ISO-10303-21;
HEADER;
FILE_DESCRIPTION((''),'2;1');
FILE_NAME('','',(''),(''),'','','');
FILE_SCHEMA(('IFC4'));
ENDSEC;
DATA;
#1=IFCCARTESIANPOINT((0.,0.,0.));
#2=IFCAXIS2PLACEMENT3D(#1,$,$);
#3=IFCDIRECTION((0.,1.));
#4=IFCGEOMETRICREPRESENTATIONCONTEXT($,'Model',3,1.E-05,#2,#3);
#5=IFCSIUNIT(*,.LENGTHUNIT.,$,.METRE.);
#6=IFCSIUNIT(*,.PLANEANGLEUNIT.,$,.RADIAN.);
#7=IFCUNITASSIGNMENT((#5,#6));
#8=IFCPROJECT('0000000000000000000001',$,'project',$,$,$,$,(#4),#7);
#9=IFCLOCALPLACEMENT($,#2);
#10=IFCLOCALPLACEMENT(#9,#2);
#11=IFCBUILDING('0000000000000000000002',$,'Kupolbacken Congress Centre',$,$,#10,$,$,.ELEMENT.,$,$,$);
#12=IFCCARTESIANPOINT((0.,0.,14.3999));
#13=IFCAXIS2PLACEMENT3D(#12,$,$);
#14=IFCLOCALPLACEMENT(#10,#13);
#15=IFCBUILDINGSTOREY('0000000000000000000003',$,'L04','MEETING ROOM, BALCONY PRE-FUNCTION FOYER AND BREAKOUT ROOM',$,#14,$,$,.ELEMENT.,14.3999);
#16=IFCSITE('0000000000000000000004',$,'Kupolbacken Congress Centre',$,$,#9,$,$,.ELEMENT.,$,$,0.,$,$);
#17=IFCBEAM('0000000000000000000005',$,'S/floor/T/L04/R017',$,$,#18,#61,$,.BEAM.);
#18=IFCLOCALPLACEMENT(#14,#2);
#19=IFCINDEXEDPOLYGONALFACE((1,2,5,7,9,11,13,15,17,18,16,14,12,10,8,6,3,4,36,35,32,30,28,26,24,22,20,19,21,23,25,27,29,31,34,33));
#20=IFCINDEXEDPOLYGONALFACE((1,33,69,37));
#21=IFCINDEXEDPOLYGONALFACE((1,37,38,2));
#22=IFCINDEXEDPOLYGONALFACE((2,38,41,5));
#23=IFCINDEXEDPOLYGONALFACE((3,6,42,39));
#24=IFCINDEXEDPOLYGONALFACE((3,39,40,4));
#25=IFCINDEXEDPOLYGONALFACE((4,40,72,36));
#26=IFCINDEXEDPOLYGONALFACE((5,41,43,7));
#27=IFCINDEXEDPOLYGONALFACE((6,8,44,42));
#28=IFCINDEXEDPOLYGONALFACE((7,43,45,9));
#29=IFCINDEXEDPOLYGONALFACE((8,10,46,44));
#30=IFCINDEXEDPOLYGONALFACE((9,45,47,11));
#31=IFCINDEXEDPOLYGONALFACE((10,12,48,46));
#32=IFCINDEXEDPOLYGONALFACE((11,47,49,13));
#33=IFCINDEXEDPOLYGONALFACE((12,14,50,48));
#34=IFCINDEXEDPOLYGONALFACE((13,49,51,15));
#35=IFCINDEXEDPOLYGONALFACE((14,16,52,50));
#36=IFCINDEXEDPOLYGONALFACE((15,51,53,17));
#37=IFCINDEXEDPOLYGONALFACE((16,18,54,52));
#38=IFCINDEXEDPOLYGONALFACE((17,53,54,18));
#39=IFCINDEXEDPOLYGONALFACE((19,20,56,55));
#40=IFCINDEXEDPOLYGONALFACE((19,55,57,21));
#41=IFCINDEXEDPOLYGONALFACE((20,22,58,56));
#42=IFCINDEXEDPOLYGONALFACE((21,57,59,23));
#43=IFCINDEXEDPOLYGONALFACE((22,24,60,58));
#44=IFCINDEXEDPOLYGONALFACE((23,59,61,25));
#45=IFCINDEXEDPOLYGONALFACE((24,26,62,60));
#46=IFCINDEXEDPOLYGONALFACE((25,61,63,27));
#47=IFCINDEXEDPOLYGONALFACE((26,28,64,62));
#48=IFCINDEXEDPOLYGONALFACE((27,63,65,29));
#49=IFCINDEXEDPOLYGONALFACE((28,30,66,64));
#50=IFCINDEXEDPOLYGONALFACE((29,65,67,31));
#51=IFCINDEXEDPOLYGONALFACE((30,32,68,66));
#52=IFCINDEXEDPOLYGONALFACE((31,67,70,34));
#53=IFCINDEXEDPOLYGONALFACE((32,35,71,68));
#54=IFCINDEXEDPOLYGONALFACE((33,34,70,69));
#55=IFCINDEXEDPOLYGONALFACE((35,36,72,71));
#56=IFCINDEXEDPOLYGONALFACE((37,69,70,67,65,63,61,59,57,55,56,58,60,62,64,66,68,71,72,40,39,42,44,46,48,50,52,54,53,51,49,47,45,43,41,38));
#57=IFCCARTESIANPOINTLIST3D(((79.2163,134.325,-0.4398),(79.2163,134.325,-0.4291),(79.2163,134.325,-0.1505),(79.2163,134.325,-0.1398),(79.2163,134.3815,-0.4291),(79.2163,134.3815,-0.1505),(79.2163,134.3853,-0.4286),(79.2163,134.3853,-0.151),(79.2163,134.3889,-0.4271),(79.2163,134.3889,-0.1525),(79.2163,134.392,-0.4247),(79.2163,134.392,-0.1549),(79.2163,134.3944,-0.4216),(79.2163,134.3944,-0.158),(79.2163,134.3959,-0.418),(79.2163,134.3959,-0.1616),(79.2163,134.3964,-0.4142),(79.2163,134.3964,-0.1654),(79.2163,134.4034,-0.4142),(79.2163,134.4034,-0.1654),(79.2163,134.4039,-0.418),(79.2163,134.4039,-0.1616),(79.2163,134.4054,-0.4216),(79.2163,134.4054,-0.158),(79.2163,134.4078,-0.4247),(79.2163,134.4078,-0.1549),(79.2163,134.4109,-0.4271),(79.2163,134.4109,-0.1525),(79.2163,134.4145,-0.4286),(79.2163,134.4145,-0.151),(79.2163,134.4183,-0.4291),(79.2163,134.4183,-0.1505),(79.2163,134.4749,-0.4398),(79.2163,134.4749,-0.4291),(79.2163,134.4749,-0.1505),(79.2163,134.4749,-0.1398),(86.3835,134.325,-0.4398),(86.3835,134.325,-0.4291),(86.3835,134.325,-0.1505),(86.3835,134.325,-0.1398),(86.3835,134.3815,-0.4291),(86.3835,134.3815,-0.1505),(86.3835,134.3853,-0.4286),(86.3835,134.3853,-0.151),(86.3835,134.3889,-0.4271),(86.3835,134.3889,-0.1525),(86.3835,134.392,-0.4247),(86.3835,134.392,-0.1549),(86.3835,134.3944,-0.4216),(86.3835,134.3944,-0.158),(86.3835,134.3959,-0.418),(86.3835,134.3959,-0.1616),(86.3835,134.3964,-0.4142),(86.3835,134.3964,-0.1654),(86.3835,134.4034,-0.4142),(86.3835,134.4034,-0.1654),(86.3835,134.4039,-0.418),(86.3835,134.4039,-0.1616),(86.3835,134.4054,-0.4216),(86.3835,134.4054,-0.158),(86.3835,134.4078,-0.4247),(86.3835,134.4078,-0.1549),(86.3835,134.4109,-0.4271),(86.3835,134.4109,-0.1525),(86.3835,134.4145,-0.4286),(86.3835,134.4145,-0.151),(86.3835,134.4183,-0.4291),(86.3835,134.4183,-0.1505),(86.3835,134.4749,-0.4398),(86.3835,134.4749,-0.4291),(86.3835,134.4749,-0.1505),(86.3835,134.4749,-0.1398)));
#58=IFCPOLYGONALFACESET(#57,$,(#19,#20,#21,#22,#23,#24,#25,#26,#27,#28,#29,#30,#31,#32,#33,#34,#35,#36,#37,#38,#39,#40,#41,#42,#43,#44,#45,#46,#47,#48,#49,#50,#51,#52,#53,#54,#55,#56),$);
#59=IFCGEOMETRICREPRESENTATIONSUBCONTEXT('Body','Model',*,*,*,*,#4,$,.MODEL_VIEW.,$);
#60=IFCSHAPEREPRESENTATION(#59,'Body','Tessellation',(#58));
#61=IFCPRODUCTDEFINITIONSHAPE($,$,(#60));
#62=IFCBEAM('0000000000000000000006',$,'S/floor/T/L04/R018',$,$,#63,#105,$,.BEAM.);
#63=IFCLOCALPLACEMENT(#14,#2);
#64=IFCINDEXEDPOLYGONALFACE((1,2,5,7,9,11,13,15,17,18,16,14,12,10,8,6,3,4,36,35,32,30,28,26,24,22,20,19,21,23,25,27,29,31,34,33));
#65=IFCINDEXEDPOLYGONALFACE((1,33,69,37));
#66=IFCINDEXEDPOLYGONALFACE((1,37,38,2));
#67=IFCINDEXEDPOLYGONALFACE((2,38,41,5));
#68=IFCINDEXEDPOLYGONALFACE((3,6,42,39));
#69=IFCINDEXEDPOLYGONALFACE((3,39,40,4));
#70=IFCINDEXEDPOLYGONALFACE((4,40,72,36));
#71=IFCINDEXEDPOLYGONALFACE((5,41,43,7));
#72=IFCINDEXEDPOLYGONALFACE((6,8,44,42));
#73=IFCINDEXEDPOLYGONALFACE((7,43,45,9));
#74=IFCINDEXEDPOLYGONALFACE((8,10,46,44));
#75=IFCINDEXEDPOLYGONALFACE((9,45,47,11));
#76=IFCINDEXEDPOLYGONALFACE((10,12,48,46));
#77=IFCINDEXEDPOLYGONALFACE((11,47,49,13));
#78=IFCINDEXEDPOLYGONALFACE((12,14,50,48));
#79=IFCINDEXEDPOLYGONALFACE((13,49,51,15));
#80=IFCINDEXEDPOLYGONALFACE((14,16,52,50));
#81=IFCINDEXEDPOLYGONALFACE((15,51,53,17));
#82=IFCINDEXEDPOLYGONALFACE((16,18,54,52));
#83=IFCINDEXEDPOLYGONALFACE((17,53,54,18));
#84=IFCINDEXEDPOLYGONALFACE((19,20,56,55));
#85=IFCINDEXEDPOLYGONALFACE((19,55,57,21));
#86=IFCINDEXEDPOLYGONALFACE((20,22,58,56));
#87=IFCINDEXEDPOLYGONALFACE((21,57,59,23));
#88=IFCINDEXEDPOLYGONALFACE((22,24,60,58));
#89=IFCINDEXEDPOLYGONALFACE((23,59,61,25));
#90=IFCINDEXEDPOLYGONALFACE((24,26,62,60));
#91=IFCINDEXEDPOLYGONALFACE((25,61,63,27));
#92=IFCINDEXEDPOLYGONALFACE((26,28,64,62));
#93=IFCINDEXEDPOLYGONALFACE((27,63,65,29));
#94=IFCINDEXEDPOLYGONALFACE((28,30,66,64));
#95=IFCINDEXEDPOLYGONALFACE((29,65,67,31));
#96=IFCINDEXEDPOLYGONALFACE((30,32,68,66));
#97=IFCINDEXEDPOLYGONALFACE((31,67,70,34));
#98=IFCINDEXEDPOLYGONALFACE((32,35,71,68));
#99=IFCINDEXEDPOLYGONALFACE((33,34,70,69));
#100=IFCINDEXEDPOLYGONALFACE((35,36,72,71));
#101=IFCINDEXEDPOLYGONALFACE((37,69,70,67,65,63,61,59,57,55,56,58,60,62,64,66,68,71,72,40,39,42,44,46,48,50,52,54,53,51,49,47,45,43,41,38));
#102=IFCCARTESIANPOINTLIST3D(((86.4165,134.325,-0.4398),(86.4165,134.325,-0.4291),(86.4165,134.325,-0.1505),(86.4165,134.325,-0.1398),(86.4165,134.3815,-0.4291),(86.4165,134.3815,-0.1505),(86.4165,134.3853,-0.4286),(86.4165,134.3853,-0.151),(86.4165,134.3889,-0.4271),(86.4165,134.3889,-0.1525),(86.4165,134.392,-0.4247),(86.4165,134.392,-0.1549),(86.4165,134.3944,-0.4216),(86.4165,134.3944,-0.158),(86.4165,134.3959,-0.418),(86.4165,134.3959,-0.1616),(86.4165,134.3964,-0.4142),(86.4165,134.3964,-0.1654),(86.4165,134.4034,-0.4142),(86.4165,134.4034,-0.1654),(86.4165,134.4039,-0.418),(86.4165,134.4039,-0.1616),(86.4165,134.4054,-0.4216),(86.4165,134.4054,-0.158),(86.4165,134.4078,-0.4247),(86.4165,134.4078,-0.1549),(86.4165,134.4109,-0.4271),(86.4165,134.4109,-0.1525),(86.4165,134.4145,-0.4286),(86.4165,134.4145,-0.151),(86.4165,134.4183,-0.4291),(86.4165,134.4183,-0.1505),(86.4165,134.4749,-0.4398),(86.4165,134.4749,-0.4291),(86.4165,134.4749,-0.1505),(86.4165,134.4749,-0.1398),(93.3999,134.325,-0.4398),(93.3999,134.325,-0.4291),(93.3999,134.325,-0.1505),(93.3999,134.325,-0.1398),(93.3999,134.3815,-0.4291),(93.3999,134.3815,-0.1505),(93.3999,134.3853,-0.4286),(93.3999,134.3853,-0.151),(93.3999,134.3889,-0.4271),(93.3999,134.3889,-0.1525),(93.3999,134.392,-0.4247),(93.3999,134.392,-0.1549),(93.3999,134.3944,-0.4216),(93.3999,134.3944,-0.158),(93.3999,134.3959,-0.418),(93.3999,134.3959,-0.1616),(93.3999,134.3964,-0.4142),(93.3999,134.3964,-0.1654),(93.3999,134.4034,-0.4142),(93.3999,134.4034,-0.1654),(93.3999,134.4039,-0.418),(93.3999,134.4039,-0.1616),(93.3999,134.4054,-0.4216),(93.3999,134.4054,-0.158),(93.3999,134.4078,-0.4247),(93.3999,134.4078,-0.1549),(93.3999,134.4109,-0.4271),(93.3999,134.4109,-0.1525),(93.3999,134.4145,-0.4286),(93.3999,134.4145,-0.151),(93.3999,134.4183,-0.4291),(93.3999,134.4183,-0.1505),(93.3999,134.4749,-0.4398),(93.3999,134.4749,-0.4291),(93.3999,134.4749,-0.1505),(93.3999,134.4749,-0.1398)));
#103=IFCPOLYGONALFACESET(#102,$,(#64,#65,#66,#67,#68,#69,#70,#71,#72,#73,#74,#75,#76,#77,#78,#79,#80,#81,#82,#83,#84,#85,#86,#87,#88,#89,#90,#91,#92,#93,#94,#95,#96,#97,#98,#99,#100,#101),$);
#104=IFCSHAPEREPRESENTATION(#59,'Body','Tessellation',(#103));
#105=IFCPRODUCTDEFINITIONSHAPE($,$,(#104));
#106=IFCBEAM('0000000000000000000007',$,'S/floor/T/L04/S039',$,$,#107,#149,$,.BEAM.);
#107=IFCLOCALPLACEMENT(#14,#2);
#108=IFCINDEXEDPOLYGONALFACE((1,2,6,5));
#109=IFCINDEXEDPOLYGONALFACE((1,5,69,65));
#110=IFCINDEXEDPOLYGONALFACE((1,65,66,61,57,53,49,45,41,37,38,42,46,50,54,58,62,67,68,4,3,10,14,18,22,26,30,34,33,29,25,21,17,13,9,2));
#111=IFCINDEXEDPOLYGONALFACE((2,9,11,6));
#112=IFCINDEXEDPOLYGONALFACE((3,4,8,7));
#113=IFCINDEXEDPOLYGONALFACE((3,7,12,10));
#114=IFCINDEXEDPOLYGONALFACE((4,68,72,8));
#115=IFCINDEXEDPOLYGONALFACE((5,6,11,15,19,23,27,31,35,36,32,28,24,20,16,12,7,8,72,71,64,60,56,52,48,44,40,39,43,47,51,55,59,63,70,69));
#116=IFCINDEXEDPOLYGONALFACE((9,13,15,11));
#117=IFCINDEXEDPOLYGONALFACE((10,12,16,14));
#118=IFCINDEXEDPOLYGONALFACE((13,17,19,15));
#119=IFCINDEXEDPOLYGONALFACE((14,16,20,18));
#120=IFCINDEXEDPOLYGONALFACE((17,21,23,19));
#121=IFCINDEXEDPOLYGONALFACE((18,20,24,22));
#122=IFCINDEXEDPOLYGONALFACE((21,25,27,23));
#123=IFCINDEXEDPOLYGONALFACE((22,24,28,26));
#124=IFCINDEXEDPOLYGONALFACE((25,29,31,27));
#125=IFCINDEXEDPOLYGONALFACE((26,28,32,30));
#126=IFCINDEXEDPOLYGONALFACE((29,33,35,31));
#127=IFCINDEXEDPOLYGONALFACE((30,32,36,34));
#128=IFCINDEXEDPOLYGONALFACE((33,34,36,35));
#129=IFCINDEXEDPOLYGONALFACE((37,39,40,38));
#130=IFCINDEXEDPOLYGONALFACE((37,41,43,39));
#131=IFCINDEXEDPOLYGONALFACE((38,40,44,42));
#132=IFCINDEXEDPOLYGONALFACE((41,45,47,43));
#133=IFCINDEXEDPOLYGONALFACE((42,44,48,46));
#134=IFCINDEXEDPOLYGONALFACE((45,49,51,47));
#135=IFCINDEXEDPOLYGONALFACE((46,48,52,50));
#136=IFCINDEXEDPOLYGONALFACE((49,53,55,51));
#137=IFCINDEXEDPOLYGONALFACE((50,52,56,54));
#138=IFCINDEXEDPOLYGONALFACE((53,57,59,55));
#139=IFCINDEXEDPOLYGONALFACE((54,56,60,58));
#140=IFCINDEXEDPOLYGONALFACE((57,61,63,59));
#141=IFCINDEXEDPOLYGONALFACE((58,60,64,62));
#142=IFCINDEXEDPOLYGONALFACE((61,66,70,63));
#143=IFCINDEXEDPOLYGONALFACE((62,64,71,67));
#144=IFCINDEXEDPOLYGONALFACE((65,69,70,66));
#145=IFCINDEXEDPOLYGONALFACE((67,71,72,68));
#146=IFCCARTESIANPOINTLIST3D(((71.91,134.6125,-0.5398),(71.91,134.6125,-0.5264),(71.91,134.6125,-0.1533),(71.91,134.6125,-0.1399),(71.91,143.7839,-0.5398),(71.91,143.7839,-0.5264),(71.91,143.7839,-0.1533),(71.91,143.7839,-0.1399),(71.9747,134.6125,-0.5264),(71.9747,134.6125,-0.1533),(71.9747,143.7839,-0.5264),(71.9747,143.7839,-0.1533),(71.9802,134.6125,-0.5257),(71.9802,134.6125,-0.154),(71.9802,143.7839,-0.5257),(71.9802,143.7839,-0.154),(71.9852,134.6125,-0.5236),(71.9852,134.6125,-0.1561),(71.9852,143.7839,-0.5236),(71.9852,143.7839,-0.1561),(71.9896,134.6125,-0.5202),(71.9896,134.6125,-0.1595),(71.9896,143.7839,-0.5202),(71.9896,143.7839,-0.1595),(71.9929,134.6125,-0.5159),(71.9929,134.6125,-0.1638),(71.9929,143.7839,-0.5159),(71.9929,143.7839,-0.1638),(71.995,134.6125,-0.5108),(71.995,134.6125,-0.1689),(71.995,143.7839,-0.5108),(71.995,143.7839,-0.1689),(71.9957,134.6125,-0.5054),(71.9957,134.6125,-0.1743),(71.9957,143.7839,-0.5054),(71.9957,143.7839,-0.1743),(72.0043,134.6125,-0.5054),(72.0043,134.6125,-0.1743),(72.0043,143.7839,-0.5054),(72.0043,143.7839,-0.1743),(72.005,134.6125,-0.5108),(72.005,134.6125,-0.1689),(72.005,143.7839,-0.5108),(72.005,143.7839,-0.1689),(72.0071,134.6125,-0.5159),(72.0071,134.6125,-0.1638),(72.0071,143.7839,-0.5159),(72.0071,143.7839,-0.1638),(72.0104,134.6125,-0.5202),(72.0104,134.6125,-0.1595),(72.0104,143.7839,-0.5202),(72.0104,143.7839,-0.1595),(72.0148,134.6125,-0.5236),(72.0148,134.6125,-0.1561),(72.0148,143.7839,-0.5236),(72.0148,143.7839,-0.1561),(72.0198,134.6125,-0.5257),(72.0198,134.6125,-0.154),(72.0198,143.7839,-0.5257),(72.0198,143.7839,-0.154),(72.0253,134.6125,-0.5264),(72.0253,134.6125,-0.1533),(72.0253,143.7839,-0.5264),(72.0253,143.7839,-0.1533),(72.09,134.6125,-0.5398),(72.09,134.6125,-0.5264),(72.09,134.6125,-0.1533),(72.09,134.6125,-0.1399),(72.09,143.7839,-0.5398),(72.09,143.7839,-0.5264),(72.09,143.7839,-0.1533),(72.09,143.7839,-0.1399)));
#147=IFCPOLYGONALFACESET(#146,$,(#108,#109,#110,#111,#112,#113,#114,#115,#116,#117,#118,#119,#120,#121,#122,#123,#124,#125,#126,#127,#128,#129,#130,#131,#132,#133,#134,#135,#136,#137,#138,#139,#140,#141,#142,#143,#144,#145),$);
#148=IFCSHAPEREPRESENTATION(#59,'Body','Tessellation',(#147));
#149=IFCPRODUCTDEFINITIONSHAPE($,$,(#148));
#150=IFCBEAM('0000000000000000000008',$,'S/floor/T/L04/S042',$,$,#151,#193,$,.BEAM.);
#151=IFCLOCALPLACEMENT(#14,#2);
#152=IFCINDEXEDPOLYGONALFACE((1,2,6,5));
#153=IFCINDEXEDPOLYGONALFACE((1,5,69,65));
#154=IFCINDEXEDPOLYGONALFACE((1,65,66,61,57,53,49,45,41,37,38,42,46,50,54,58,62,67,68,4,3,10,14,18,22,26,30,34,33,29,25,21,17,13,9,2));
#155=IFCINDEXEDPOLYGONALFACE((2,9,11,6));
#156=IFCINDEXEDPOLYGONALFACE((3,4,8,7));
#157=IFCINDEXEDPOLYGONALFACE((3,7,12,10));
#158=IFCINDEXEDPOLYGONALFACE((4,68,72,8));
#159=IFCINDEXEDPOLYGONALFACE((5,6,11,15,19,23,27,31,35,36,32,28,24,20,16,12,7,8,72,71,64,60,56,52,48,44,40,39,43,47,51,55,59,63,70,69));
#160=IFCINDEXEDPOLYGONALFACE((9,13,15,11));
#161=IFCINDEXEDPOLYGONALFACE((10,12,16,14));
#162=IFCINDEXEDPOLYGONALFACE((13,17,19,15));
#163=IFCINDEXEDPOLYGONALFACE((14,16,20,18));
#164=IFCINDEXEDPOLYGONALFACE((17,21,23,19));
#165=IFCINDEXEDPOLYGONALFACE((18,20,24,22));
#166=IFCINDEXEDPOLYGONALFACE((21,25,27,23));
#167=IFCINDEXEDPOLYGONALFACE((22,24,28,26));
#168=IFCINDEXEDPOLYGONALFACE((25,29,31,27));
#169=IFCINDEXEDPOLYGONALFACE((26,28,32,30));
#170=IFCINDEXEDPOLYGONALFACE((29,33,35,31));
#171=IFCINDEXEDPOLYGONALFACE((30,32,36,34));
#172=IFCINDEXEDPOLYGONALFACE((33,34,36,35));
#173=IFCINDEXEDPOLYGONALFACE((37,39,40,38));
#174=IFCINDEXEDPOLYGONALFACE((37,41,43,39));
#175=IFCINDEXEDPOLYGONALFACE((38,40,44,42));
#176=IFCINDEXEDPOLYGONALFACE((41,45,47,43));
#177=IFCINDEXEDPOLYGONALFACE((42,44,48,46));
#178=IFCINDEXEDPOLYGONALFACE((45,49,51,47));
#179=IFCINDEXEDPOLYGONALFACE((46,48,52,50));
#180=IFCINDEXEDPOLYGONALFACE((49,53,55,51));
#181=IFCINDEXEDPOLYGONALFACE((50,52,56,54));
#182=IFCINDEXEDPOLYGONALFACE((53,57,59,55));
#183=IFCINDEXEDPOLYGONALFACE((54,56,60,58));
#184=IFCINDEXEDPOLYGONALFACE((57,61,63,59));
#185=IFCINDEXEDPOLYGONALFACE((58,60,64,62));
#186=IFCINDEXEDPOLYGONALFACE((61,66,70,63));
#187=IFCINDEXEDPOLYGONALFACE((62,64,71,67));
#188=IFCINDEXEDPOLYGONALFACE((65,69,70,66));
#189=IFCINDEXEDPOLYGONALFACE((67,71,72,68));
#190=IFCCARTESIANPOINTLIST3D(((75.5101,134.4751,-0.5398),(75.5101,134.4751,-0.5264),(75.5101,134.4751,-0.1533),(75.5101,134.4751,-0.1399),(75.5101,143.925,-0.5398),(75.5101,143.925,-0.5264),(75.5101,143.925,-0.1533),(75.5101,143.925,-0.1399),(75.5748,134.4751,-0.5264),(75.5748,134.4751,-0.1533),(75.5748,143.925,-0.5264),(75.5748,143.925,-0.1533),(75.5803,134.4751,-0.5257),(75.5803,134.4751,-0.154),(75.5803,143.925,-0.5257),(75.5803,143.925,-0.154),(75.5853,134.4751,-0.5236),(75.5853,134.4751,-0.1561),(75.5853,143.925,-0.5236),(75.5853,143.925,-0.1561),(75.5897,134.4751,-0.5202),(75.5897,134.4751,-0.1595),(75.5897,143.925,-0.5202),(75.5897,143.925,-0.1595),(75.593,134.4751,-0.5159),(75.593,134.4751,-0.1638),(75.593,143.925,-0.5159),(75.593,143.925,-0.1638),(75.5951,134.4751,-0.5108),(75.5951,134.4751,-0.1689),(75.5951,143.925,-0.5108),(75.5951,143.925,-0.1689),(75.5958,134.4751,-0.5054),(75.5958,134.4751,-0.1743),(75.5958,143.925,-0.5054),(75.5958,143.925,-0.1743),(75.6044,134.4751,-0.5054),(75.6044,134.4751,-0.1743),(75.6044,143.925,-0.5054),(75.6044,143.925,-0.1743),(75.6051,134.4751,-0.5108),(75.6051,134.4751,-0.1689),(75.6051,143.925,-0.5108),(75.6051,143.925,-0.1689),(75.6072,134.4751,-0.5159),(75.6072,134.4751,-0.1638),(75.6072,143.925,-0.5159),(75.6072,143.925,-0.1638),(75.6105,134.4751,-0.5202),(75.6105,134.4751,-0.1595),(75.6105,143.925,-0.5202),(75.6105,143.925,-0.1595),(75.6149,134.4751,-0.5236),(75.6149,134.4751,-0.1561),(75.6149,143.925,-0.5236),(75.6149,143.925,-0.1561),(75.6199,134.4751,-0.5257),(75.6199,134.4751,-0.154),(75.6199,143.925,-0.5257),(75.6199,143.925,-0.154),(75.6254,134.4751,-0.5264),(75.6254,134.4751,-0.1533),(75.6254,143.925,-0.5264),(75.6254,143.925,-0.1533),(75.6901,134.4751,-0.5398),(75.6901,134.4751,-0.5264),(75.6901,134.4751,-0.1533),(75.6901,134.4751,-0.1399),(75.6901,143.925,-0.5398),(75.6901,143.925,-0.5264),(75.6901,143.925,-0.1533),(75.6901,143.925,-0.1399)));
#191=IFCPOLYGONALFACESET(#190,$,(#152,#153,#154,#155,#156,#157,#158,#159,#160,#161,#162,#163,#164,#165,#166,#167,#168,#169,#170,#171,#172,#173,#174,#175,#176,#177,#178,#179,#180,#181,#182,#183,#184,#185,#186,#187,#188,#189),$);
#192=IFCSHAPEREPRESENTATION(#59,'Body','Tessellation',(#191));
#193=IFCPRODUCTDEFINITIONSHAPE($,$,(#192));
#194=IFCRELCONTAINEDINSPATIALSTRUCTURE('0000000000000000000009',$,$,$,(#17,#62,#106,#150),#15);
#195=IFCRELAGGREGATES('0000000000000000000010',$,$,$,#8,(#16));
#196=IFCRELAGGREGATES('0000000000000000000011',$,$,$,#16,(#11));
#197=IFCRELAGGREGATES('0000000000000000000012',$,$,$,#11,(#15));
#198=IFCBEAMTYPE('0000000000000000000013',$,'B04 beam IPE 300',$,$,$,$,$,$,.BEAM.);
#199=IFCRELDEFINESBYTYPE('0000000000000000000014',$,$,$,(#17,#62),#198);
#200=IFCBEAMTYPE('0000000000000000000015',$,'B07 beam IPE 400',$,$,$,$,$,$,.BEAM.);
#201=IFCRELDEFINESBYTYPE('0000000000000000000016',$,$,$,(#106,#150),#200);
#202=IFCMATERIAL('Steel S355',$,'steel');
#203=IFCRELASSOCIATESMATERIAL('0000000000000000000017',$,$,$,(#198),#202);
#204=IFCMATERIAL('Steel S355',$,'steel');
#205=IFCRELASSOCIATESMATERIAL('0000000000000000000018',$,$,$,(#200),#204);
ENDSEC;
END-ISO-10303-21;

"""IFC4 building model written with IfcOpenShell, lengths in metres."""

from ifc_helpers import new_model, si_unit, direction, frame, origin, origin_2d, place, context, subcontext, project, spatial, i_section, extrude, material, material_profile, profile_set, type_object, element, save


model = new_model("IFC4")

# Units and contexts
model_context = context("Model", 3, precision=1e-05, world=origin(), true_north=direction((0.0, 1.0)))
body_context = subcontext(model_context, "Body", "Model", "MODEL_VIEW")
ifc_project = project(units=[si_unit("LENGTHUNIT", "METRE"), si_unit("PLANEANGLEUNIT", "RADIAN")], contexts=[model_context])

# Site, building, storey
site_placement = place(None, origin())
site = spatial("IfcSite", under=ifc_project, at=site_placement, Name="Kupolbacken Congress Centre", CompositionType="ELEMENT", RefElevation=0.0)
building_placement = place(site_placement, origin())
building = spatial("IfcBuilding", under=site, at=building_placement, Name="Kupolbacken Congress Centre", CompositionType="ELEMENT")
storey_placement = place(building_placement, frame((0.0, 0.0, 14.3999)))
storey = spatial("IfcBuildingStorey", under=building, at=storey_placement, Name="L04", Description="MEETING ROOM, BALCONY PRE-FUNCTION FOYER AND BREAKOUT ROOM", CompositionType="ELEMENT", Elevation=14.3999)

# Beams
ifc_material_1 = material(Name="Steel S355", Category="steel")
ifc_material_profile_1 = material_profile(ifc_material_1, i_section(OverallWidth=0.1499, OverallDepth=0.3, WebThickness=0.0071, FlangeThickness=0.0107, FilletRadius=0.0149, at=origin_2d()), Name="IPE 300")
ifc_profile_set_1 = profile_set([ifc_material_profile_1], Name="Steel S355")
beam_type_1 = type_object("IfcBeamType", Name="B04 beam IPE 300", PredefinedType="BEAM", material=ifc_profile_set_1)
for number, where, z_axis, x_axis, name in (
    (1, (79.2163, 134.3999, -0.2898), (1.0, 0.0, 0.0), (0.0, 1.0, 0.0), "S/floor/T/L04/R017"),
):
    element("IfcBeam", number, at=place(storey_placement, frame(where, z_axis=z_axis, x_axis=x_axis)), inside=storey, type_object=beam_type_1, Name=name, PredefinedType="BEAM", context=body_context, shape_type="SweptSolid", body=[
        extrude(i_section(OverallWidth=0.1499, OverallDepth=0.3, WebThickness=0.0071, FlangeThickness=0.0107, FilletRadius=0.0149, at=origin_2d()), origin(), (0.0, 0.0, 1.0), 7.1672),
    ])
beam_1_placement = place(storey_placement, frame((86.4165, 134.3999, -0.2898), z_axis=(1.0, 0.0, 0.0), x_axis=(0.0, 1.0, 0.0)))
element("IfcBeam", 2, at=beam_1_placement, inside=storey, type_object=beam_type_1, Name="S/floor/T/L04/R018", PredefinedType="BEAM", context=body_context, shape_type="SweptSolid", body=[
    extrude(i_section(OverallWidth=0.1499, OverallDepth=0.3, WebThickness=0.0071, FlangeThickness=0.0107, FilletRadius=0.0149, at=origin_2d()), origin(), (0.0, 0.0, 1.0), 6.9834),
])
ifc_material_2 = material(Name="Steel S355", Category="steel")
ifc_material_profile_2 = material_profile(ifc_material_2, i_section(OverallWidth=0.1799, OverallDepth=0.3999, WebThickness=0.0085, FlangeThickness=0.0134, FilletRadius=0.021, at=origin_2d()), Name="IPE 400")
ifc_profile_set_2 = profile_set([ifc_material_profile_2], Name="Steel S355")
beam_type_2 = type_object("IfcBeamType", Name="B07 beam IPE 400", PredefinedType="BEAM", material=ifc_profile_set_2)
beam_2_placement = place(storey_placement, frame((72.0, 134.6125, -0.3398), z_axis=(0.0, 1.0, 0.0), x_axis=(-1.0, 0.0, 0.0)))
element("IfcBeam", 3, at=beam_2_placement, inside=storey, type_object=beam_type_2, Name="S/floor/T/L04/S039", PredefinedType="BEAM", context=body_context, shape_type="SweptSolid", body=[
    extrude(i_section(OverallWidth=0.1799, OverallDepth=0.3999, WebThickness=0.0085, FlangeThickness=0.0134, FilletRadius=0.021, at=origin_2d()), origin(), (0.0, 0.0, 1.0), 9.1714),
])
beam_3_placement = place(storey_placement, frame((75.6001, 134.4751, -0.3398), z_axis=(0.0, 1.0, 0.0), x_axis=(-1.0, 0.0, 0.0)))
element("IfcBeam", 4, at=beam_3_placement, inside=storey, type_object=beam_type_2, Name="S/floor/T/L04/S042", PredefinedType="BEAM", context=body_context, shape_type="SweptSolid", body=[
    extrude(i_section(OverallWidth=0.1799, OverallDepth=0.3999, WebThickness=0.0085, FlangeThickness=0.0134, FilletRadius=0.021, at=origin_2d()), origin(), (0.0, 0.0, 1.0), 9.45),
])

save(model, "model.ifc")
